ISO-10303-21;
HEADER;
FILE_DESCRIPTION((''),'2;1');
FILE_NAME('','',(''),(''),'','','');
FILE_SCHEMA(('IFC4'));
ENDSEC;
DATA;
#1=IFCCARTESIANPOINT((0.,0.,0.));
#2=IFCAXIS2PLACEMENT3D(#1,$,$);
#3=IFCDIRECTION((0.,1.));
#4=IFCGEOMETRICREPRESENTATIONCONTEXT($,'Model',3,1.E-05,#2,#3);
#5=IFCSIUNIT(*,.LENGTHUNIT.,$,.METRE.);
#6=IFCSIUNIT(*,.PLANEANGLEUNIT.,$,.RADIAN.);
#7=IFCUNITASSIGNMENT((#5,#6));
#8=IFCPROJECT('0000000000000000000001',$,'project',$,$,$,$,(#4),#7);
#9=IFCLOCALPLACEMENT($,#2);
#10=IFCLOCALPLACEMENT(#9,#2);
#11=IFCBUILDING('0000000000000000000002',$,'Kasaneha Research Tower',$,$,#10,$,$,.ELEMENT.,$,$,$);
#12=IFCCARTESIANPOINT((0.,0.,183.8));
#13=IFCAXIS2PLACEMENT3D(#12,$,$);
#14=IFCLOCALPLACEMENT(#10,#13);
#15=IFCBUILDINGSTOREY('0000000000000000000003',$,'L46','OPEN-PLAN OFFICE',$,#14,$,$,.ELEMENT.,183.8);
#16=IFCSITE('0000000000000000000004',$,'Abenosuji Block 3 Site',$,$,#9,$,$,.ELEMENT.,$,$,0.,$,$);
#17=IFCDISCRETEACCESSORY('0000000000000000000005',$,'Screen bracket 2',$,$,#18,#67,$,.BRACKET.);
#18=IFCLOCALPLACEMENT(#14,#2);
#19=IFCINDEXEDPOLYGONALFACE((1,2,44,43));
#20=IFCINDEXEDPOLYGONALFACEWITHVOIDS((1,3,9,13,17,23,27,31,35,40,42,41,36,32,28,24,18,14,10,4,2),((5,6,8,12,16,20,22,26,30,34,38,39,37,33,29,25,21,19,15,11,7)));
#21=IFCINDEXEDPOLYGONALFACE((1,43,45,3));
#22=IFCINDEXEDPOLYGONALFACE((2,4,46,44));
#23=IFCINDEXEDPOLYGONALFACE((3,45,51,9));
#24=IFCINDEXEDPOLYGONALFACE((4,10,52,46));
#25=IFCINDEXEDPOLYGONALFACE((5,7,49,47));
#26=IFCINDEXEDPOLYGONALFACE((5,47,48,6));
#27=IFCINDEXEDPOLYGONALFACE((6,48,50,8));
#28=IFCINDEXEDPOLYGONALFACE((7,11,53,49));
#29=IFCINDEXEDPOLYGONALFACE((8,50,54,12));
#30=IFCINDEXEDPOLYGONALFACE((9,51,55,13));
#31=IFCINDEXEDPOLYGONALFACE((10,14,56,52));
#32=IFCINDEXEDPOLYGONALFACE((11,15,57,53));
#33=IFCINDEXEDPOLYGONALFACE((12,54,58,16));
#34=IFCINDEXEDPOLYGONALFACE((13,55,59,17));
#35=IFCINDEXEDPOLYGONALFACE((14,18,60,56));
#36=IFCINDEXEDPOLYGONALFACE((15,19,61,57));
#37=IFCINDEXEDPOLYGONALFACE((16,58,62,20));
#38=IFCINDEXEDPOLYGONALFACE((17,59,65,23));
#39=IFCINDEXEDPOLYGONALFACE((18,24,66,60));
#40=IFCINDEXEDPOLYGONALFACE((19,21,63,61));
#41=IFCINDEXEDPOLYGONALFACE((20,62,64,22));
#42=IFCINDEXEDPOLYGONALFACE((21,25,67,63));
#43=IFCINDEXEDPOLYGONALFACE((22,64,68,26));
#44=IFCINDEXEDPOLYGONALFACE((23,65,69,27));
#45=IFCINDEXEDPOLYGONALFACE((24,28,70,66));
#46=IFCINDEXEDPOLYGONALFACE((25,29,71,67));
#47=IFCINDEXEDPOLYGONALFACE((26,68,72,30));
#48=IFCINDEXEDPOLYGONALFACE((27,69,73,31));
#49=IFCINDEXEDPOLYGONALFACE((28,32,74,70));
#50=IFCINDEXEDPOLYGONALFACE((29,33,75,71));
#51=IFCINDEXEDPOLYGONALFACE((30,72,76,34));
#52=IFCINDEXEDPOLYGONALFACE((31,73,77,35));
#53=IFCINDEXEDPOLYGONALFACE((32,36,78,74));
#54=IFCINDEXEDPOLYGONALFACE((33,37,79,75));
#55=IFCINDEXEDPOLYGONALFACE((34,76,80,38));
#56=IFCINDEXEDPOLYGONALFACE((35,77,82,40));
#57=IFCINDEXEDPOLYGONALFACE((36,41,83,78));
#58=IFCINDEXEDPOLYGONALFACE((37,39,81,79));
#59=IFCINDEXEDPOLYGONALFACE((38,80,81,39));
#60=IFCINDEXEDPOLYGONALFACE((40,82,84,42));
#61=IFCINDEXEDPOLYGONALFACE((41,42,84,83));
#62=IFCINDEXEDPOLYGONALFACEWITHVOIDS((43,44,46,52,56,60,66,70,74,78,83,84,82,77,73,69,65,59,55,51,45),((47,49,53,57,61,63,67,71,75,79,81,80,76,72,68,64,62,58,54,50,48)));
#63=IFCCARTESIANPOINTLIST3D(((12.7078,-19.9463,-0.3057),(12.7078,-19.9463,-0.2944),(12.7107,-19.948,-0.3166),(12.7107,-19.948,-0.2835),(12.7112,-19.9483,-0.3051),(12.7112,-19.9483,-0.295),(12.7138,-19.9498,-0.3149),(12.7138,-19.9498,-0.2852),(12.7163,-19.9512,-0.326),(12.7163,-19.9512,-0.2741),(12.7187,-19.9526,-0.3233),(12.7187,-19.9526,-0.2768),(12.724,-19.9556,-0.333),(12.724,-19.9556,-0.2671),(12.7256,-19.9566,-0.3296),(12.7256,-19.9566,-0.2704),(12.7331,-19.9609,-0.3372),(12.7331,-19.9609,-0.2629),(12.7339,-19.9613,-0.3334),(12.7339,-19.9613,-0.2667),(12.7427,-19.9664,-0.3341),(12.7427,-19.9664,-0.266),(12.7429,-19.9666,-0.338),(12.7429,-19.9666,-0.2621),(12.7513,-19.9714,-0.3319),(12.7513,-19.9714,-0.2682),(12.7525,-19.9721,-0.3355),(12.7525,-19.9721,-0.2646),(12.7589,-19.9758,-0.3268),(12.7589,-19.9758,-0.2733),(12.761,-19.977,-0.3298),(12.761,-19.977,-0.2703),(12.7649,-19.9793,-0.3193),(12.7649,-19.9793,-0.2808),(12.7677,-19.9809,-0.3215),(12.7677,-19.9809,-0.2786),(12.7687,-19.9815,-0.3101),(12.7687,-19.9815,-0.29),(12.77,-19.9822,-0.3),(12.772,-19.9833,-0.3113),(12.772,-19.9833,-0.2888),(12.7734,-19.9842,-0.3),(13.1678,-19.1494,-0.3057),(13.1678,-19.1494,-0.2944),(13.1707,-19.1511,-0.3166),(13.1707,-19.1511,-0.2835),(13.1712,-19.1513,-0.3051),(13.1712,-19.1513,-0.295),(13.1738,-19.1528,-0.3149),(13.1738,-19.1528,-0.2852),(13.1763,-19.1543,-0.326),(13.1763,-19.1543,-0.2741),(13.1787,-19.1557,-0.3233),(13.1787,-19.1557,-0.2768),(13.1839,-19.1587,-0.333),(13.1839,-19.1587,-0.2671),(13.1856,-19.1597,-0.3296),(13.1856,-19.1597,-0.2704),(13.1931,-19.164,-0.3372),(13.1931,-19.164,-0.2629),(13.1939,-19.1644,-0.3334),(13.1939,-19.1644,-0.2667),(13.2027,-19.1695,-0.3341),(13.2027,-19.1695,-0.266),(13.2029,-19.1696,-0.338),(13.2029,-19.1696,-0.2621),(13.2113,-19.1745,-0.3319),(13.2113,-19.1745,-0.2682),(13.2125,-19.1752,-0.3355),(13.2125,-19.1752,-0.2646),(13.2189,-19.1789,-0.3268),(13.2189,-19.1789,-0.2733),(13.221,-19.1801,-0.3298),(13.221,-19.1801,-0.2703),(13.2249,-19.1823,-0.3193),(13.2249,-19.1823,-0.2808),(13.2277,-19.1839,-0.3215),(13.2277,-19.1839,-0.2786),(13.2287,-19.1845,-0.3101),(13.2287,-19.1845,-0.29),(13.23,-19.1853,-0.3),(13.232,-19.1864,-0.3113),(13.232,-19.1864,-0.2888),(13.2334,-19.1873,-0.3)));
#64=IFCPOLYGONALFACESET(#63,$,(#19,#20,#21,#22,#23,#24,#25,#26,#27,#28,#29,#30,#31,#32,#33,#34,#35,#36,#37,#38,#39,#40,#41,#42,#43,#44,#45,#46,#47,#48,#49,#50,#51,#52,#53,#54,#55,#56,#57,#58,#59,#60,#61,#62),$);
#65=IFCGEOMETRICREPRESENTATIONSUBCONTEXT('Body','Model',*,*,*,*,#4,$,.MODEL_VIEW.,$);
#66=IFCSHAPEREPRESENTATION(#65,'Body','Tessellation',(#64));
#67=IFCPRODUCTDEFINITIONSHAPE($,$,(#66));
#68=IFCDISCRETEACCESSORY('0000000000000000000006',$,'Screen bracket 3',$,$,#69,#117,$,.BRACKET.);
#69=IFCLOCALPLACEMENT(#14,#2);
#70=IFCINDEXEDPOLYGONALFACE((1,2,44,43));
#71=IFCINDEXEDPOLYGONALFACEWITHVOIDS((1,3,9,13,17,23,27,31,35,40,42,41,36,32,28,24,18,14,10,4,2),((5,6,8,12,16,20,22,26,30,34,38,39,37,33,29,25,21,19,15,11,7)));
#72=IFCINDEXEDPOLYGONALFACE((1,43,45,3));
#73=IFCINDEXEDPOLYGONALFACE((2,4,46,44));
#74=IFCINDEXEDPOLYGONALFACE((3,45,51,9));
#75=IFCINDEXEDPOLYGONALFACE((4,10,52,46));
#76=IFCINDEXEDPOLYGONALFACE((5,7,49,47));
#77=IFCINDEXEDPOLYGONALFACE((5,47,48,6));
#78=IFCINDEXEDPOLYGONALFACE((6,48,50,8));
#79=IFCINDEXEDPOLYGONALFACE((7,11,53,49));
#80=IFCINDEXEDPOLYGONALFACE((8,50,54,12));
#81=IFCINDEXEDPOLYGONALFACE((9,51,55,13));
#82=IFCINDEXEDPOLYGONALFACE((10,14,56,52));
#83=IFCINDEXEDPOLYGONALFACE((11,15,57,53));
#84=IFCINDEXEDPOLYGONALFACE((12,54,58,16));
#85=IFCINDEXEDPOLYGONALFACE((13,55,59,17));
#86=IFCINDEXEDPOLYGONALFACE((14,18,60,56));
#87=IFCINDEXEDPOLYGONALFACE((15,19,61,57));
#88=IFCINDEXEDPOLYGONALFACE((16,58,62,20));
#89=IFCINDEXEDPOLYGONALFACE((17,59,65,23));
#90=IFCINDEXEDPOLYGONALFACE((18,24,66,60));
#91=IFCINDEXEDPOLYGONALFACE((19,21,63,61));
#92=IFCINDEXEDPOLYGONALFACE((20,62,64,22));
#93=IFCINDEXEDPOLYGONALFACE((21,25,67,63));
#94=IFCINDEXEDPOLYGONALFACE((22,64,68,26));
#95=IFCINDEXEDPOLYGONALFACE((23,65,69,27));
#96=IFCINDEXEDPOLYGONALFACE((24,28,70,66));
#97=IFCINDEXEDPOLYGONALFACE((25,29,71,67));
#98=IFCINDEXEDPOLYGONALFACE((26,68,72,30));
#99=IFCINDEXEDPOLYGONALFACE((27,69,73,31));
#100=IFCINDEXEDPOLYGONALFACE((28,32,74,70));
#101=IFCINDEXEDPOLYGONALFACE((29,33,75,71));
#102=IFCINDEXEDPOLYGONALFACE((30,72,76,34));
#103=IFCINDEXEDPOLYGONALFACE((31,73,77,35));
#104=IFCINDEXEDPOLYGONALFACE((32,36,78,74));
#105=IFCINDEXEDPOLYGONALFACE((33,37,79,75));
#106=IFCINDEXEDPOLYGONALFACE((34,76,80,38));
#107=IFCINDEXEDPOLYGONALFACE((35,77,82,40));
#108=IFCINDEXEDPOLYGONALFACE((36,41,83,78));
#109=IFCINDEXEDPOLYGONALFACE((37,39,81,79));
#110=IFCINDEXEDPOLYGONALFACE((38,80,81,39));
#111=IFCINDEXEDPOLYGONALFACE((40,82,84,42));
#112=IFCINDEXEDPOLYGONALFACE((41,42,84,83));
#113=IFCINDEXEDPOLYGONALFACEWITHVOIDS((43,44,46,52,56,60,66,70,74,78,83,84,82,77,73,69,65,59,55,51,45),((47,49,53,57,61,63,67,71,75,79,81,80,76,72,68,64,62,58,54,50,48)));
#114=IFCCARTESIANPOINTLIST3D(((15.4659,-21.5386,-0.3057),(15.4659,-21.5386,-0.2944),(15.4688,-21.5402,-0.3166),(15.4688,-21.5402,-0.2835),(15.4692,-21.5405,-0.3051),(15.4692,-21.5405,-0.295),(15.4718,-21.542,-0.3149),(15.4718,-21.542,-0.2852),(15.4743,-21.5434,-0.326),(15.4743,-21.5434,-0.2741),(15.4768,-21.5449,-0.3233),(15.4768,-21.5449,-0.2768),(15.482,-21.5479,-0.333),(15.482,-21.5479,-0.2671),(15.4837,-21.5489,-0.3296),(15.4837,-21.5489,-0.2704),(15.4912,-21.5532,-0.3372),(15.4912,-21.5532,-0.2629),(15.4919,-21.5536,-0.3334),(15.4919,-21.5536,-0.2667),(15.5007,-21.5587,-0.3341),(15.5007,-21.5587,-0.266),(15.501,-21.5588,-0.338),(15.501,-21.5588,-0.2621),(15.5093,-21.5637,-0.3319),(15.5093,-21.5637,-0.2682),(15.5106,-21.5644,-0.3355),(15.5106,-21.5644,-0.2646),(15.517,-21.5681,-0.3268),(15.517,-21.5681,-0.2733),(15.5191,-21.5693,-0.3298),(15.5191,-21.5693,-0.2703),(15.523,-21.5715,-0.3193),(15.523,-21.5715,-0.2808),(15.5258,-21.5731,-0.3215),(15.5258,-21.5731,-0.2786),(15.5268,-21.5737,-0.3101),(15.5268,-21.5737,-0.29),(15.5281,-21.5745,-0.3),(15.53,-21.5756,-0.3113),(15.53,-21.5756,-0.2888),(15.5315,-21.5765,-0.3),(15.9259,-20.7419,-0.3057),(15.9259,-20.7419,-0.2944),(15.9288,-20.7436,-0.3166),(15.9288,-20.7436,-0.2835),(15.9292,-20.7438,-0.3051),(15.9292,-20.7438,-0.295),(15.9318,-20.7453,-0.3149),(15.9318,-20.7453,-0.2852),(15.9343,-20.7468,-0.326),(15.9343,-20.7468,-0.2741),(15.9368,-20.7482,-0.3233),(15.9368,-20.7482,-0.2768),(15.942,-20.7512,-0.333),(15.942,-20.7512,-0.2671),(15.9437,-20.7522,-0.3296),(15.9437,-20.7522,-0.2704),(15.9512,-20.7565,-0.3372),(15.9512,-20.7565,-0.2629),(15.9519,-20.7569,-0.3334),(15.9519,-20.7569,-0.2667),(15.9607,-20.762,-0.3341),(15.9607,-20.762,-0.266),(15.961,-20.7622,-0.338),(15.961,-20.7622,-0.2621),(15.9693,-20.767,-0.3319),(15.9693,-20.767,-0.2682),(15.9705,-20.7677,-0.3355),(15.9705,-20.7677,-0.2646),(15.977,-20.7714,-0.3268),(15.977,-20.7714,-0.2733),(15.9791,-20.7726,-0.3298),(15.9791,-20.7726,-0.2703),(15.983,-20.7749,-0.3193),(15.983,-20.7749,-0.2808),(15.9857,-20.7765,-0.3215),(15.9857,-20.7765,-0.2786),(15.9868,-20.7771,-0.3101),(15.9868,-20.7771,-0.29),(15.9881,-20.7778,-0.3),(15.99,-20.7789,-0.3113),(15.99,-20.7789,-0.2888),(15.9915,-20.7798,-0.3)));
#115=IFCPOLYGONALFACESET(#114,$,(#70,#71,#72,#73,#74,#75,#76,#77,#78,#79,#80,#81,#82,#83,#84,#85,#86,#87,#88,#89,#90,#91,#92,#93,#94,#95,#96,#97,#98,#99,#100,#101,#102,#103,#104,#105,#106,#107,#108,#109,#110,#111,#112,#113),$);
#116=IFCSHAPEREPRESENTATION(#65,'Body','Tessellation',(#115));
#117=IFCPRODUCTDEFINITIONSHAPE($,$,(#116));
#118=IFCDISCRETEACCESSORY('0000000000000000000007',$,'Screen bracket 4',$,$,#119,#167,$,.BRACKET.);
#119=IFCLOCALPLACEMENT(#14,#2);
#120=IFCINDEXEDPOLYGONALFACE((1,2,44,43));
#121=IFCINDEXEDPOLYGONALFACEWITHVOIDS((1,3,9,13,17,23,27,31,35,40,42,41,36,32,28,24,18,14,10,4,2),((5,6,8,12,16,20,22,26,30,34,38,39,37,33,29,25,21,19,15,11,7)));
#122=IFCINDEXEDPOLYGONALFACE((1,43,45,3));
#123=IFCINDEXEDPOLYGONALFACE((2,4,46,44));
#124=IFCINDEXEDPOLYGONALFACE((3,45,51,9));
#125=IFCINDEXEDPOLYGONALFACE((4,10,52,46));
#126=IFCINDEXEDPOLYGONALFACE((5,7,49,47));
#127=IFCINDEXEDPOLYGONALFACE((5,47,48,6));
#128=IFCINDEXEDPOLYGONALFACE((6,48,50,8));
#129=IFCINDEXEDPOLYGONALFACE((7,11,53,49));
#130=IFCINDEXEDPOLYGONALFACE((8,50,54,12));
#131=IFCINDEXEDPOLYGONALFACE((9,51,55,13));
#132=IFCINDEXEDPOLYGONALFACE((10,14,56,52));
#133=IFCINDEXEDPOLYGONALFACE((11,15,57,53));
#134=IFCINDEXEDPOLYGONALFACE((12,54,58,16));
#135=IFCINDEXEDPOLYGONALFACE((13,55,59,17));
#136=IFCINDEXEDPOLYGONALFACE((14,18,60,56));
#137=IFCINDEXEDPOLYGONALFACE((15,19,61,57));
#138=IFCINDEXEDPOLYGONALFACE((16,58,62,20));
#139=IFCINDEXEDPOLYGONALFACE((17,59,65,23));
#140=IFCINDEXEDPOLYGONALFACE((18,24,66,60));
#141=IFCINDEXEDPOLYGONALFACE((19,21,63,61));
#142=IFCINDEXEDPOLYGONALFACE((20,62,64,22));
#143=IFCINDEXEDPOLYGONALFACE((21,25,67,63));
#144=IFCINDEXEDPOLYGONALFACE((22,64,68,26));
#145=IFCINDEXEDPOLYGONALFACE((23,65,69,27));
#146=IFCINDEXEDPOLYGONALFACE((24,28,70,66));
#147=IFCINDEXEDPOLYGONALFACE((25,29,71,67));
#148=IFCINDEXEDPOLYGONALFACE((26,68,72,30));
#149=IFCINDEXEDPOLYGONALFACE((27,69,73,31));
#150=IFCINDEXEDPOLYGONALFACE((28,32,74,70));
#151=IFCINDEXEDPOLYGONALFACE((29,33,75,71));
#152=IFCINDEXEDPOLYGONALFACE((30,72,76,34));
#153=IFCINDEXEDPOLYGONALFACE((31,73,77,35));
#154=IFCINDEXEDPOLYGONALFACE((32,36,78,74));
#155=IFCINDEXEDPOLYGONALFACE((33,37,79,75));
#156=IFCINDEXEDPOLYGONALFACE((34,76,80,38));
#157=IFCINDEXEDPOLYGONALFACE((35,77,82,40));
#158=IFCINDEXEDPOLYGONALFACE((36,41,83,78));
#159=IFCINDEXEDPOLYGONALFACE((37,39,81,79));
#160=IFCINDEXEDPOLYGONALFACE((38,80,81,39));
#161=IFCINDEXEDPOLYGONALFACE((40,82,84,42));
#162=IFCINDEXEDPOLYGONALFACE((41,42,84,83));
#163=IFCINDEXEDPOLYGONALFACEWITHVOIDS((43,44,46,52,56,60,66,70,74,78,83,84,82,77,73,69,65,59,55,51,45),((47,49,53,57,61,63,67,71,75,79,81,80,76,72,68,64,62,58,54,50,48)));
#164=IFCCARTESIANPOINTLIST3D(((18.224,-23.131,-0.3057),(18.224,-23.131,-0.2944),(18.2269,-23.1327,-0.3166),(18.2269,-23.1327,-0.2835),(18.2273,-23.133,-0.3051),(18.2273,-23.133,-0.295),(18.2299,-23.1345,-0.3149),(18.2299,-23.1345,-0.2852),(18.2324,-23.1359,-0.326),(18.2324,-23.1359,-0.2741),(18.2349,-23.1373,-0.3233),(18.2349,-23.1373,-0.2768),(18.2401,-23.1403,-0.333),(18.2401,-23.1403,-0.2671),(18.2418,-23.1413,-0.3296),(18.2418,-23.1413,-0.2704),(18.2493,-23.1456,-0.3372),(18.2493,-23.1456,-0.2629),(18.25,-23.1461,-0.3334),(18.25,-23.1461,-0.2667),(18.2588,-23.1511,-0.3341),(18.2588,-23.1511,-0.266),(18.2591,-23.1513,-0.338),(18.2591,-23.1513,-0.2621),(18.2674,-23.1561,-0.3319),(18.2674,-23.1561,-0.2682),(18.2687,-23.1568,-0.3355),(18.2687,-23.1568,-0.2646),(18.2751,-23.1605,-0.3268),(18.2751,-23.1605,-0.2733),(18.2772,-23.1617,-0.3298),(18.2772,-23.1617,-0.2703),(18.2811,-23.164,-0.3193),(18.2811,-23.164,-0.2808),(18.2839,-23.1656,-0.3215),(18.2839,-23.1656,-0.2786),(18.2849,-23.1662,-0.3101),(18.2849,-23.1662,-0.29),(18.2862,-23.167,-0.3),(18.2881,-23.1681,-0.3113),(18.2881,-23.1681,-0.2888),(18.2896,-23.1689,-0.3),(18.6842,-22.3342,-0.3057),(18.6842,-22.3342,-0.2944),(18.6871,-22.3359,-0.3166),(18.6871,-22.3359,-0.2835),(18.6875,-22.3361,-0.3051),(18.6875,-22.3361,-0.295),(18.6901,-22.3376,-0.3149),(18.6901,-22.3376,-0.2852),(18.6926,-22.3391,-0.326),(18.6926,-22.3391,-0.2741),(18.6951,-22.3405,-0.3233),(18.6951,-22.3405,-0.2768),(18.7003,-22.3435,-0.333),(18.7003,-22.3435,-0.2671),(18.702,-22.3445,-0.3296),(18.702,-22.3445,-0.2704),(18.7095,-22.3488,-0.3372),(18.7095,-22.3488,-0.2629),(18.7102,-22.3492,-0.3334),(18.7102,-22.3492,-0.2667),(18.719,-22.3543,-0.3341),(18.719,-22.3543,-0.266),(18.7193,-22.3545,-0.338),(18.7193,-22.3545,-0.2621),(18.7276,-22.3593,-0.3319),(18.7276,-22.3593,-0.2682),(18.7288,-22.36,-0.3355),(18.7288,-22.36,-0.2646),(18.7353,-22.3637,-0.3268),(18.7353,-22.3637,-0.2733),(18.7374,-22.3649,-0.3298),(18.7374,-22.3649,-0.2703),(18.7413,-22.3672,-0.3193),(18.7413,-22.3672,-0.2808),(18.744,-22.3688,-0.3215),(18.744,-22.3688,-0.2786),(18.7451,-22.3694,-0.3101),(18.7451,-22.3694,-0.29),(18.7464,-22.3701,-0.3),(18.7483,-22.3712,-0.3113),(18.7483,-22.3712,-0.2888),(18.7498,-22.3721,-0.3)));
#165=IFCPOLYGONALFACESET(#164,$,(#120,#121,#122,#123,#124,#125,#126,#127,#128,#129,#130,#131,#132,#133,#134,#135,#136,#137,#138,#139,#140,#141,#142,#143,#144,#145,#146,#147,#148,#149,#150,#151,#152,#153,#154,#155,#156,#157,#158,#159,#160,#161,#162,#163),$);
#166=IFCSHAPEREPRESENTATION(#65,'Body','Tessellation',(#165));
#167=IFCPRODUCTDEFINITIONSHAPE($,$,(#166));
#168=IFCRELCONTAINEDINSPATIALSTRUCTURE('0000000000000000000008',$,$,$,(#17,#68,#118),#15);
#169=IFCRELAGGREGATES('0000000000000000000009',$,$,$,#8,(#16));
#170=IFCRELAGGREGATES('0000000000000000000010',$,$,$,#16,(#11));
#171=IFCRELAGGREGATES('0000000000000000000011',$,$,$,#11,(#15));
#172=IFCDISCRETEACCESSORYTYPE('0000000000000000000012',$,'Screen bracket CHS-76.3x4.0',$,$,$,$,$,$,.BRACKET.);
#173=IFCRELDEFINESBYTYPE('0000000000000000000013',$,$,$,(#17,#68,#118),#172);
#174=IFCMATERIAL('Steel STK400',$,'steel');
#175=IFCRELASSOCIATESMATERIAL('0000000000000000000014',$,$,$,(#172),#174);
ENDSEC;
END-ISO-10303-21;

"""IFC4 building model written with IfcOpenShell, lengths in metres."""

from ifc_helpers import new_model, si_unit, direction, frame, origin, origin_2d, place, context, subcontext, project, spatial, hollow_circle, extrude, material, material_profile, profile_set, type_object, element, save


model = new_model("IFC4")

# Units and contexts
model_context = context("Model", 3, precision=1e-05, world=origin(), true_north=direction((0.0, 1.0)))
body_context = subcontext(model_context, "Body", "Model", "MODEL_VIEW")
ifc_project = project(units=[si_unit("LENGTHUNIT", "METRE"), si_unit("PLANEANGLEUNIT", "RADIAN")], contexts=[model_context])

# Site, building, storey
site_placement = place(None, origin())
site = spatial("IfcSite", under=ifc_project, at=site_placement, Name="Abenosuji Block 3 Site", CompositionType="ELEMENT", RefElevation=0.0)
building_placement = place(site_placement, origin())
building = spatial("IfcBuilding", under=site, at=building_placement, Name="Kasaneha Research Tower", CompositionType="ELEMENT")
storey_placement = place(building_placement, frame((0.0, 0.0, 183.8)))
storey = spatial("IfcBuildingStorey", under=building, at=storey_placement, Name="L46", Description="OPEN-PLAN OFFICE", CompositionType="ELEMENT", Elevation=183.8)

# Discrete accessories
ifc_material_1 = material(Name="Steel STK400", Category="steel")
ifc_material_profile_1 = material_profile(ifc_material_1, hollow_circle(Radius=0.0381, WallThickness=0.0039, at=origin_2d()), Name="CHS-76.3x4.0")
ifc_profile_set_1 = profile_set([ifc_material_profile_1], Name="Steel STK400")
discrete_accessory_type = type_object("IfcDiscreteAccessoryType", Name="Screen bracket CHS-76.3x4.0", PredefinedType="BRACKET", material=ifc_profile_set_1)
discrete_accessory_1_placement = place(storey_placement, frame((13.2004, -19.1682, -0.3), z_axis=(-0.499906, -0.86608, 0.0), x_axis=(0.86608, -0.499906, 0.0)))
element("IfcDiscreteAccessory", 1, at=discrete_accessory_1_placement, inside=storey, type_object=discrete_accessory_type, Name="Screen bracket 2", PredefinedType="BRACKET", context=body_context, shape_type="SweptSolid", body=[
    extrude(hollow_circle(Radius=0.0381, WallThickness=0.0039, at=origin_2d()), origin(), (0.0, 0.0, 1.0), 0.9202),
])
discrete_accessory_2_placement = place(storey_placement, frame((15.9585, -20.7607, -0.3), z_axis=(-0.500021, -0.866013, 0.0), x_axis=(0.866013, -0.500021, 0.0)))
element("IfcDiscreteAccessory", 2, at=discrete_accessory_2_placement, inside=storey, type_object=discrete_accessory_type, Name="Screen bracket 3", PredefinedType="BRACKET", context=body_context, shape_type="SweptSolid", body=[
    extrude(hollow_circle(Radius=0.0381, WallThickness=0.0039, at=origin_2d()), origin(), (0.0, 0.0, 1.0), 0.9199),
])
discrete_accessory_3_placement = place(storey_placement, frame((18.7168, -22.353, -0.3), z_axis=(-0.500105, -0.865965, 0.0), x_axis=(0.865965, -0.500105, 0.0)))
element("IfcDiscreteAccessory", 3, at=discrete_accessory_3_placement, inside=storey, type_object=discrete_accessory_type, Name="Screen bracket 4", PredefinedType="BRACKET", context=body_context, shape_type="SweptSolid", body=[
    extrude(hollow_circle(Radius=0.0381, WallThickness=0.0039, at=origin_2d()), origin(), (0.0, 0.0, 1.0), 0.9202),
])

save(model, "model.ifc")
